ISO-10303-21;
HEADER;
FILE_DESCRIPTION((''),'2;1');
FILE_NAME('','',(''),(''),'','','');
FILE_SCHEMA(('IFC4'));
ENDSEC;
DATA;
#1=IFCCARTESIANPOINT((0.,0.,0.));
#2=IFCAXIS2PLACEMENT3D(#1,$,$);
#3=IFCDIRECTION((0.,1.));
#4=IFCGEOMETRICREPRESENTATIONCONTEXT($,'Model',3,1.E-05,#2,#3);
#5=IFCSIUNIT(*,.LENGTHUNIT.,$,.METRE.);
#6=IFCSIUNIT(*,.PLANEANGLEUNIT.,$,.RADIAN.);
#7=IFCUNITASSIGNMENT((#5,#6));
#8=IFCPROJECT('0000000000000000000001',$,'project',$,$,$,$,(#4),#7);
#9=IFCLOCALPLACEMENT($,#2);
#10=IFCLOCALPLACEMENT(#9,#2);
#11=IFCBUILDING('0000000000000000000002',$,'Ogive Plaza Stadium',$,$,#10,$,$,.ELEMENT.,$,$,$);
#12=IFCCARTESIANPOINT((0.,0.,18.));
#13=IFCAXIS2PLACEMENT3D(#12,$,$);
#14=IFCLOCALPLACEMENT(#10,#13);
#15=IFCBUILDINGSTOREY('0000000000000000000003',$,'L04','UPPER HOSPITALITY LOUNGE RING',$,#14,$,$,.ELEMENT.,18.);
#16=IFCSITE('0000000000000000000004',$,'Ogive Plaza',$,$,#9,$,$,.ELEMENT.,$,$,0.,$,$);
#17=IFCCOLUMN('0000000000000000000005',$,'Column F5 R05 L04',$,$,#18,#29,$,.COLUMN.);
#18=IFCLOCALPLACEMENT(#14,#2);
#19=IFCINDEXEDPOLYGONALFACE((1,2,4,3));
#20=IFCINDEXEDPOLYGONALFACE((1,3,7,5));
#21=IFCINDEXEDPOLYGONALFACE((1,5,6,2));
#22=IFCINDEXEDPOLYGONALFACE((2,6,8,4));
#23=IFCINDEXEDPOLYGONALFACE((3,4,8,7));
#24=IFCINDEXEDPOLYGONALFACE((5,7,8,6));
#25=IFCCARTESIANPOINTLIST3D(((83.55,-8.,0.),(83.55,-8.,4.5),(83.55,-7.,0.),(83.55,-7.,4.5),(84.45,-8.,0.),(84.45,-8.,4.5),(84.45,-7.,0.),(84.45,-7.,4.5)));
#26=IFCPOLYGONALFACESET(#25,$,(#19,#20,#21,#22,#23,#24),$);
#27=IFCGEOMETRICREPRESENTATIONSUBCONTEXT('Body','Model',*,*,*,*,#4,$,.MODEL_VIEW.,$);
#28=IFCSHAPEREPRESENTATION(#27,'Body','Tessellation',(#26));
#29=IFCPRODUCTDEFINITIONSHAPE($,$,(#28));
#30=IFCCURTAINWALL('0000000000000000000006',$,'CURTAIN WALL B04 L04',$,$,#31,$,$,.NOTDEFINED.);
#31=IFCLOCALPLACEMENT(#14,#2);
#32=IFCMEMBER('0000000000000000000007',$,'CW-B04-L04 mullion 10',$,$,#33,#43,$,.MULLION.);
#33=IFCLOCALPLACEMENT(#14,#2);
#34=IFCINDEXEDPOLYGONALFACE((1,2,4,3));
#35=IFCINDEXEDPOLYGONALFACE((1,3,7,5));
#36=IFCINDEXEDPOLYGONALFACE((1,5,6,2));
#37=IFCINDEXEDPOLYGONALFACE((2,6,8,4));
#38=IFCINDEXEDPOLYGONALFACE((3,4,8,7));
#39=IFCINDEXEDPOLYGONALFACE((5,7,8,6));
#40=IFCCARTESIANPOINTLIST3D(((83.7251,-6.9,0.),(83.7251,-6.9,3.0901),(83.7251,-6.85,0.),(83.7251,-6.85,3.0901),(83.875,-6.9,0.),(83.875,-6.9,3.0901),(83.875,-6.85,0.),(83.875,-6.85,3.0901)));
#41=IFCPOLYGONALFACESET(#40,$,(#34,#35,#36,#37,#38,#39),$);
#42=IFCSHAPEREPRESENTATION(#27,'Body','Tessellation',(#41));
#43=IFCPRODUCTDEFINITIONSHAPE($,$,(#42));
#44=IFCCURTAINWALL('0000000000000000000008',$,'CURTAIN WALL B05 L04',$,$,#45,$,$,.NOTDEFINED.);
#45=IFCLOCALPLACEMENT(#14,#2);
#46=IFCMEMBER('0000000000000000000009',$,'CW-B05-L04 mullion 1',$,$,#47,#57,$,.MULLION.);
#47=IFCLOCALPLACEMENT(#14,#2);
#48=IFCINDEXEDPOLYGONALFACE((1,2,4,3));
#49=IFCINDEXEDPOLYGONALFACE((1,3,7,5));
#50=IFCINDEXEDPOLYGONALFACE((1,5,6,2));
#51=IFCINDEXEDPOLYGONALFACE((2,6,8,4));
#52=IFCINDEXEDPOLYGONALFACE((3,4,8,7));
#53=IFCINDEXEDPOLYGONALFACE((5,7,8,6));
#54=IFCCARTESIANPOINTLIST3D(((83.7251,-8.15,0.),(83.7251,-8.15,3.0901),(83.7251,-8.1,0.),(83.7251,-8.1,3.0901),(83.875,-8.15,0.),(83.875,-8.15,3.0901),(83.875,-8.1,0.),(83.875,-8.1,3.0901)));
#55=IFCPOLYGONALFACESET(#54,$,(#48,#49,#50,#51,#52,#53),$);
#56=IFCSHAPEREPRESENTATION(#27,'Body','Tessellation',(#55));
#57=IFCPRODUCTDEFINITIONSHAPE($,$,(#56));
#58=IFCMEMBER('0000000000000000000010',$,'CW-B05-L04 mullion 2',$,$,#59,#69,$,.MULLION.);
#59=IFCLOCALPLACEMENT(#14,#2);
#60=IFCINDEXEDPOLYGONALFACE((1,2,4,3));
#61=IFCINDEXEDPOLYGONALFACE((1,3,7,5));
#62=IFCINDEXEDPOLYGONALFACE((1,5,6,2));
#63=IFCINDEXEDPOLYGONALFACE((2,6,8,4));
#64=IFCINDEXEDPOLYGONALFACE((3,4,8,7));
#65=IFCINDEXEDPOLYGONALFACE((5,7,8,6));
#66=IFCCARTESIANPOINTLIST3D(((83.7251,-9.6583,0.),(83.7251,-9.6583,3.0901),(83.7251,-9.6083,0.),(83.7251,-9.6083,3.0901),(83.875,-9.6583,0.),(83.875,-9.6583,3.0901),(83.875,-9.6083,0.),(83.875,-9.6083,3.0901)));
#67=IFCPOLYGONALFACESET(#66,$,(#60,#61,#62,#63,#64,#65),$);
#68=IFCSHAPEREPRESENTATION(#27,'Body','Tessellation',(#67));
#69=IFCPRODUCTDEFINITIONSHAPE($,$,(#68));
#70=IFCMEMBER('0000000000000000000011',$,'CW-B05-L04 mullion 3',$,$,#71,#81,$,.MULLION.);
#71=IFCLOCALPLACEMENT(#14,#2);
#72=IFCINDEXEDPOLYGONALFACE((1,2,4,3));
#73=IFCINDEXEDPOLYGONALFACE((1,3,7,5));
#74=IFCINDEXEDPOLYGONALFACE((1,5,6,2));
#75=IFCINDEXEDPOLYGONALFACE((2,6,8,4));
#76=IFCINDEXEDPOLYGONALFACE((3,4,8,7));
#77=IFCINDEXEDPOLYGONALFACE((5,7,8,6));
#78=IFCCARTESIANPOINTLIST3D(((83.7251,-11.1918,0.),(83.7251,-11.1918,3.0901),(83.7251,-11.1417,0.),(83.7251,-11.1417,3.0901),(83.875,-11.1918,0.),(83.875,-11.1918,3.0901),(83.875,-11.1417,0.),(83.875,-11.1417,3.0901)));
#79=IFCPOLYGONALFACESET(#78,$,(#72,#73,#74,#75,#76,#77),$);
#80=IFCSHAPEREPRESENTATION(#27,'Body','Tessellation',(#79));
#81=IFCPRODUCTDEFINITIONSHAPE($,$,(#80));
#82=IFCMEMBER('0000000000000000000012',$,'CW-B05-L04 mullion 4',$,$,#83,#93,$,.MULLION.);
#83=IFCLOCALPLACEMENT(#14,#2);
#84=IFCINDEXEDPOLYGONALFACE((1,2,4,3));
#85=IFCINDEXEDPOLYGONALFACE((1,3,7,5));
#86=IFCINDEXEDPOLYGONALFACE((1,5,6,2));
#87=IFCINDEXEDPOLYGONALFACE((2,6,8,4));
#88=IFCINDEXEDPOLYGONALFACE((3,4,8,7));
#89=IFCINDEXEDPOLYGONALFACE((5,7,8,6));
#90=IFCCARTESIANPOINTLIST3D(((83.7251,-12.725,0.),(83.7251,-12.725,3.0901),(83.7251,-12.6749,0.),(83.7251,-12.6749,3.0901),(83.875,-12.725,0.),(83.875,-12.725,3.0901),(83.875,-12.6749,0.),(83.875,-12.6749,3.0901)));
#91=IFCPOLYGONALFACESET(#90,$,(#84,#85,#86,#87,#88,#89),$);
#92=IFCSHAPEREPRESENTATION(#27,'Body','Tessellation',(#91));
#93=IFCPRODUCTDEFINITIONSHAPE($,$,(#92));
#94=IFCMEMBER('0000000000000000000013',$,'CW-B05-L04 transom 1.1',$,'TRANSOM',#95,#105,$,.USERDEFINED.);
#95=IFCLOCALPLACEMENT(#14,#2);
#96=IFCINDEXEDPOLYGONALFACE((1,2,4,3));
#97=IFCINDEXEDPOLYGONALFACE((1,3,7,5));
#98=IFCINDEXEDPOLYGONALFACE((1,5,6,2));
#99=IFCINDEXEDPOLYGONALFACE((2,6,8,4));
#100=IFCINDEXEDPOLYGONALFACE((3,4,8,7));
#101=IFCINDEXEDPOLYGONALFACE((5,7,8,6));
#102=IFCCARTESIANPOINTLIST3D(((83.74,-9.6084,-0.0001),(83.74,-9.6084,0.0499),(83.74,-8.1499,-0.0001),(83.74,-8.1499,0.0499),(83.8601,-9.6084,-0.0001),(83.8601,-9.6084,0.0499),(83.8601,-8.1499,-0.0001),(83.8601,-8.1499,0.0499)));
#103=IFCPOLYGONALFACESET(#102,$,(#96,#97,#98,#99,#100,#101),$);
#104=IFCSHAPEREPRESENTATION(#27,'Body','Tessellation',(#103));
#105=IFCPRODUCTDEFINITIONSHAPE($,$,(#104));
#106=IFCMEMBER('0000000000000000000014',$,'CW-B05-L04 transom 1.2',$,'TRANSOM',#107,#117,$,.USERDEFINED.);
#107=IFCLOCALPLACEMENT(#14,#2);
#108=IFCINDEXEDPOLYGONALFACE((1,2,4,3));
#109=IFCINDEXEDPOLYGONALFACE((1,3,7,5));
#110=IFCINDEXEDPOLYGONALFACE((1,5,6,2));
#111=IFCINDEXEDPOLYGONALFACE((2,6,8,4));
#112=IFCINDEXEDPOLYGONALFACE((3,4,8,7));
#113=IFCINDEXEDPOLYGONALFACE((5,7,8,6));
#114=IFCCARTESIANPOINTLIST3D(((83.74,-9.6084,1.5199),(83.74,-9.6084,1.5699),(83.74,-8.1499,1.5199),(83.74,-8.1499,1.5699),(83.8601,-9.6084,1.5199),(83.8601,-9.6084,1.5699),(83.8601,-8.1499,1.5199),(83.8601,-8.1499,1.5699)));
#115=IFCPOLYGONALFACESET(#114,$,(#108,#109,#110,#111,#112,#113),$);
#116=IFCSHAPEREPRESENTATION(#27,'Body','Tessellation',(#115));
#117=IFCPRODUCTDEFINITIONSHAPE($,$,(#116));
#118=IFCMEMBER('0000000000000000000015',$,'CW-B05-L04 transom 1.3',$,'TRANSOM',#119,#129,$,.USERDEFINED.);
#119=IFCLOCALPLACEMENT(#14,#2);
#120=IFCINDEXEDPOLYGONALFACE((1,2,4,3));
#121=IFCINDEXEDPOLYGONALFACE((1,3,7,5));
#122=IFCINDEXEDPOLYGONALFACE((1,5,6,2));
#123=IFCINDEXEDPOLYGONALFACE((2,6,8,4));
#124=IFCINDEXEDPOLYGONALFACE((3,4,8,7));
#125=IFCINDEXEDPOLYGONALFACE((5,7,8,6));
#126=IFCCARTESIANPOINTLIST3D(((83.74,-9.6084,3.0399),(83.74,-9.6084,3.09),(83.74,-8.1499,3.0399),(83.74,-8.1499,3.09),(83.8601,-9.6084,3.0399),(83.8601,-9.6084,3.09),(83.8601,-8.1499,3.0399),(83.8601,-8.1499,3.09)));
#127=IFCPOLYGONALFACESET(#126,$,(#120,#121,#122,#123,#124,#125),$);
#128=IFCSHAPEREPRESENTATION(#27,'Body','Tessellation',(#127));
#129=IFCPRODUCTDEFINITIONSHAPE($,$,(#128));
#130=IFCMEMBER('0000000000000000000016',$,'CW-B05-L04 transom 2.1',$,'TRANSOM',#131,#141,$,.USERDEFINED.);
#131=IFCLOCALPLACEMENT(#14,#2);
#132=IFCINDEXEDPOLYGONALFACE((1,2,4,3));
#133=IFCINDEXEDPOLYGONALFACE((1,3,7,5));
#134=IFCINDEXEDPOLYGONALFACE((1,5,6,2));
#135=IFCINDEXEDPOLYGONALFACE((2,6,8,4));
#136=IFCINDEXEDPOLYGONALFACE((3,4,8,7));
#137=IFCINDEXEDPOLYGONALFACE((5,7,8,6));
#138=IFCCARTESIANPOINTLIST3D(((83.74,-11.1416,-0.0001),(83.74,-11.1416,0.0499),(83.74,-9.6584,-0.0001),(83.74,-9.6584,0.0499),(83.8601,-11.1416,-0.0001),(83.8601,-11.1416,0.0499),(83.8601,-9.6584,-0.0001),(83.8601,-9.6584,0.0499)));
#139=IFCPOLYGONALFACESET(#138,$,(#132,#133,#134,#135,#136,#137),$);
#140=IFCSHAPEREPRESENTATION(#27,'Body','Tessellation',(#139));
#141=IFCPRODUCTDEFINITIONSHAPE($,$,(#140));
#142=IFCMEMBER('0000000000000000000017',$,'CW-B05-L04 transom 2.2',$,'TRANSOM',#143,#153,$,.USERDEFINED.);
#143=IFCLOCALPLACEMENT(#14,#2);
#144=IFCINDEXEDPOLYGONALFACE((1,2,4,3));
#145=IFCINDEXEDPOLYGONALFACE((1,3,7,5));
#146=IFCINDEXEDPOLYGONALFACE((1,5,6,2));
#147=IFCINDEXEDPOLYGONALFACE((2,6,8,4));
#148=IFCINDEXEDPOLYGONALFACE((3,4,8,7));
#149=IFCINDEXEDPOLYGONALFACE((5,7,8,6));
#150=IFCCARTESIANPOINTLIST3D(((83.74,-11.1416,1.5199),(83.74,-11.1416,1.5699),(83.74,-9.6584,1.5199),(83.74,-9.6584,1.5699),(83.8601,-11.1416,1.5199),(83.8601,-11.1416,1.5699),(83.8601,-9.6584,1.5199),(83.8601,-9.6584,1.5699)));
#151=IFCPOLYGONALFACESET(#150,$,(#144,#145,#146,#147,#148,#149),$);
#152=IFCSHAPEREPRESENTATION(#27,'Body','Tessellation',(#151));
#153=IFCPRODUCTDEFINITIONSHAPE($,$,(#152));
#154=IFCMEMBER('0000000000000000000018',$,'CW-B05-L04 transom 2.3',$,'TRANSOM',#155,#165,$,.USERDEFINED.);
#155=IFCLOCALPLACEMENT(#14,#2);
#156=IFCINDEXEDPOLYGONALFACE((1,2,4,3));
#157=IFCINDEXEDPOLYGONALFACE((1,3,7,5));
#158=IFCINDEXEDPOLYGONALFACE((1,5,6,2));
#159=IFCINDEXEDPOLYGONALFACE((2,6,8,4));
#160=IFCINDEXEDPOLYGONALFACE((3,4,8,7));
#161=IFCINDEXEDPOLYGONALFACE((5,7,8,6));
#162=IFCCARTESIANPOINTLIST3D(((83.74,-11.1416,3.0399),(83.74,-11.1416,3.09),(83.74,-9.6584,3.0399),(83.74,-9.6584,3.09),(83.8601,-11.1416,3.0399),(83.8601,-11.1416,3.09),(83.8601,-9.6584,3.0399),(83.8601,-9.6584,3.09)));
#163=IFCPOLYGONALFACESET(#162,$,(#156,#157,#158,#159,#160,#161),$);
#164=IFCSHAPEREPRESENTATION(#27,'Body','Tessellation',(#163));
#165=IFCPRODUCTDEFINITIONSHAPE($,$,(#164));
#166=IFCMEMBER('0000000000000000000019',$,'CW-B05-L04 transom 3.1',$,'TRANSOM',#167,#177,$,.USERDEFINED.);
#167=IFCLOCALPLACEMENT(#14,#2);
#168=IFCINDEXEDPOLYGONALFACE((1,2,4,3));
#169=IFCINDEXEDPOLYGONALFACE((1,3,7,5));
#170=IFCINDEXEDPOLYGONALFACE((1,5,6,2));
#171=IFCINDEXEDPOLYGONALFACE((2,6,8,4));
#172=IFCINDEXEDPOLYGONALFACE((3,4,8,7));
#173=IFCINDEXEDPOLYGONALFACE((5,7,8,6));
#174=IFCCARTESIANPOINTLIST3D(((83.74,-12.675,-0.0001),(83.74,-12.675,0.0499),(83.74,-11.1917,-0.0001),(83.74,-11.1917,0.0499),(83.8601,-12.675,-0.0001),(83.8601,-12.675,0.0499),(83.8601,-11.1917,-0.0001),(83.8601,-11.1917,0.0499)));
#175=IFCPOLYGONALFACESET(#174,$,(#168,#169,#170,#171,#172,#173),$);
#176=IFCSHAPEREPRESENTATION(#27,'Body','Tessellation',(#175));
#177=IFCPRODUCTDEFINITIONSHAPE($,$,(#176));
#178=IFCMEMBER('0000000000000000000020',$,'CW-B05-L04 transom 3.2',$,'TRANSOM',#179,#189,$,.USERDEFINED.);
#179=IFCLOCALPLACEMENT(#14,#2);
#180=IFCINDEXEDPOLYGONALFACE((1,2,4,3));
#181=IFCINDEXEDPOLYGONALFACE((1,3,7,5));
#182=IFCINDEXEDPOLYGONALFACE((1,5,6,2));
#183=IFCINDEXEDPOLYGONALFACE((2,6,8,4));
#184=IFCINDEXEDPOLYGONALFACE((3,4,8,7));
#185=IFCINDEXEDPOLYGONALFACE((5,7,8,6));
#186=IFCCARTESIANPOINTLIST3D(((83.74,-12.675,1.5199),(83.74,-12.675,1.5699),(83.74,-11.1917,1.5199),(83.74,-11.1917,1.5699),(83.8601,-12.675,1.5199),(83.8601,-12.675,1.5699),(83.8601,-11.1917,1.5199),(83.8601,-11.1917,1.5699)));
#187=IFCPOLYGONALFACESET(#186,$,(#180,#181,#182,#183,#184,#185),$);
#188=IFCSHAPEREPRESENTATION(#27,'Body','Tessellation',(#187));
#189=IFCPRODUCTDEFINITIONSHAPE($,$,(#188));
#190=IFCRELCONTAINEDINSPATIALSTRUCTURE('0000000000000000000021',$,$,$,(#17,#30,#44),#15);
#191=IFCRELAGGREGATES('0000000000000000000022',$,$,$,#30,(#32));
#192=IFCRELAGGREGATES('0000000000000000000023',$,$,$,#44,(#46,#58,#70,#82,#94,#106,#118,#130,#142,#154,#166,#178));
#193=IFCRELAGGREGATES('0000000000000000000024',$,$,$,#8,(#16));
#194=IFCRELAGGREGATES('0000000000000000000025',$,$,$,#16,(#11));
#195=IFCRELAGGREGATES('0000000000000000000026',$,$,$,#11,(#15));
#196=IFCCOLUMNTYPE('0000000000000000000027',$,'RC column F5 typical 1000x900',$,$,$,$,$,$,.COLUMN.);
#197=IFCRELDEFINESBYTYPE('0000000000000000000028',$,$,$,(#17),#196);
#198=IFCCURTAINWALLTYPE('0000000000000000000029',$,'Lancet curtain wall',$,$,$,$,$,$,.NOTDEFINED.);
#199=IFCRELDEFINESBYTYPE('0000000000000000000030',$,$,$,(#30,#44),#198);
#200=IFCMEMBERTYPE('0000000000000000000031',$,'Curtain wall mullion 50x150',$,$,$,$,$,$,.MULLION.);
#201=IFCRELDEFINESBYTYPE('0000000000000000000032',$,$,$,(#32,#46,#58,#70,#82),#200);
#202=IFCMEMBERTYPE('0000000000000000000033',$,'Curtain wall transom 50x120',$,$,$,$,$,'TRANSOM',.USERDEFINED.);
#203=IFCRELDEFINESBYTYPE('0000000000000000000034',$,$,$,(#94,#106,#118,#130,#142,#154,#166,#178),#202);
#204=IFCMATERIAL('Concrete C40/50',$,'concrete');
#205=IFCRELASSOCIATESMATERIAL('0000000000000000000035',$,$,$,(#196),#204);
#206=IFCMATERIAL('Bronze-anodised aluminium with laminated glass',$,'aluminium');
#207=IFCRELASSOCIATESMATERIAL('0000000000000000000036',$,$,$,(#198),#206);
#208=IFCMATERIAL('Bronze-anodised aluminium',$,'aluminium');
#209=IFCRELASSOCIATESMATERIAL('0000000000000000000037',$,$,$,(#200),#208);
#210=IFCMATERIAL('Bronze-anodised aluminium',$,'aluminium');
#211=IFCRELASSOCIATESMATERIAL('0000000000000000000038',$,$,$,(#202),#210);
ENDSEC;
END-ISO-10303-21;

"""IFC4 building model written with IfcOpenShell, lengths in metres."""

from ifc_helpers import new_model, si_unit, direction, frame, origin, origin_2d, place, context, subcontext, project, spatial, rectangle, extrude, material, material_profile, profile_set, type_object, element, aggregate, save


model = new_model("IFC4")

# Units and contexts
model_context = context("Model", 3, precision=1e-05, world=origin(), true_north=direction((0.0, 1.0)))
body_context = subcontext(model_context, "Body", "Model", "MODEL_VIEW")
ifc_project = project(units=[si_unit("LENGTHUNIT", "METRE"), si_unit("PLANEANGLEUNIT", "RADIAN")], contexts=[model_context])

# Site, building, storey
site_placement = place(None, origin())
site = spatial("IfcSite", under=ifc_project, at=site_placement, Name="Ogive Plaza", CompositionType="ELEMENT", RefElevation=0.0)
building_placement = place(site_placement, origin())
building = spatial("IfcBuilding", under=site, at=building_placement, Name="Ogive Plaza Stadium", CompositionType="ELEMENT")
storey_placement = place(building_placement, frame((0.0, 0.0, 18.0)))
storey = spatial("IfcBuildingStorey", under=building, at=storey_placement, Name="L04", Description="UPPER HOSPITALITY LOUNGE RING", CompositionType="ELEMENT", Elevation=18.0)

# Column
ifc_material_1 = material(Name="Concrete C40/50", Category="concrete")
ifc_material_profile_1 = material_profile(ifc_material_1, rectangle(XDim=1.0, YDim=0.8999, at=origin_2d()), Name="RC 1000x900")
ifc_profile_set_1 = profile_set([ifc_material_profile_1], Name="Concrete C40/50")
column_type = type_object("IfcColumnType", Name="RC column F5 typical 1000x900", PredefinedType="COLUMN", material=ifc_profile_set_1)
column_placement = place(storey_placement, frame((84.0, -7.5, 0.0), z_axis=(0.0, 0.0, 1.0), x_axis=(0.0, 1.0, 0.0)))
element("IfcColumn", 1, at=column_placement, inside=storey, type_object=column_type, Name="Column F5 R05 L04", PredefinedType="COLUMN", context=body_context, shape_type="SweptSolid", body=[
    extrude(rectangle(XDim=1.0, YDim=0.8999, at=origin_2d()), origin(), (0.0, 0.0, 1.0), 4.5),
])

# Curtain wall, member
ifc_material_2 = material(Name="Bronze-anodised aluminium with laminated glass", Category="aluminium")
curtain_wall_type = type_object("IfcCurtainWallType", Name="Lancet curtain wall", PredefinedType="NOTDEFINED", material=ifc_material_2)
curtain_wall_1_placement = place(storey_placement, origin())
curtain_wall_1 = element("IfcCurtainWall", 2, at=curtain_wall_1_placement, inside=storey, type_object=curtain_wall_type, Name="CURTAIN WALL B04 L04", PredefinedType="NOTDEFINED")
ifc_material_3 = material(Name="Bronze-anodised aluminium", Category="aluminium")
ifc_material_profile_2 = material_profile(ifc_material_3, rectangle(XDim=0.1499, YDim=0.05, at=origin_2d()), Name="AL 150x50")
ifc_profile_set_2 = profile_set([ifc_material_profile_2], Name="Bronze-anodised aluminium")
member_type_1 = type_object("IfcMemberType", Name="Curtain wall mullion 50x150", PredefinedType="MULLION", material=ifc_profile_set_2)
member_1_placement = place(storey_placement, frame((83.8, -6.875, 0.0), z_axis=(0.0, 0.0, 1.0), x_axis=(1.0, 0.0, 0.0)))
member_1 = element("IfcMember", 3, at=member_1_placement, type_object=member_type_1, Name="CW-B04-L04 mullion 10", PredefinedType="MULLION", context=body_context, shape_type="SweptSolid", body=[
    extrude(rectangle(XDim=0.1499, YDim=0.05, at=origin_2d()), origin(), (0.0, 0.0, 1.0), 3.0901),
])
aggregate(curtain_wall_1, [member_1])

# Curtain wall, members
curtain_wall_2_placement = place(storey_placement, origin())
curtain_wall_2 = element("IfcCurtainWall", 4, at=curtain_wall_2_placement, inside=storey, type_object=curtain_wall_type, Name="CURTAIN WALL B05 L04", PredefinedType="NOTDEFINED")
member_2_placement = place(storey_placement, frame((83.8, -8.125, 0.0), z_axis=(0.0, 0.0, 1.0), x_axis=(1.0, 0.0, 0.0)))
member_2 = element("IfcMember", 5, at=member_2_placement, type_object=member_type_1, Name="CW-B05-L04 mullion 1", PredefinedType="MULLION", context=body_context, shape_type="SweptSolid", body=[
    extrude(rectangle(XDim=0.1499, YDim=0.05, at=origin_2d()), origin(), (0.0, 0.0, 1.0), 3.0901),
])
member_3_placement = place(storey_placement, frame((83.8, -9.6333, 0.0), z_axis=(0.0, 0.0, 1.0), x_axis=(1.0, 0.0, 0.0)))
member_3 = element("IfcMember", 6, at=member_3_placement, type_object=member_type_1, Name="CW-B05-L04 mullion 2", PredefinedType="MULLION", context=body_context, shape_type="SweptSolid", body=[
    extrude(rectangle(XDim=0.1499, YDim=0.05, at=origin_2d()), origin(), (0.0, 0.0, 1.0), 3.0901),
])
member_4_placement = place(storey_placement, frame((83.8, -11.1667, 0.0), z_axis=(0.0, 0.0, 1.0), x_axis=(1.0, 0.0, 0.0)))
member_4 = element("IfcMember", 7, at=member_4_placement, type_object=member_type_1, Name="CW-B05-L04 mullion 3", PredefinedType="MULLION", context=body_context, shape_type="SweptSolid", body=[
    extrude(rectangle(XDim=0.1499, YDim=0.05, at=origin_2d()), origin(), (0.0, 0.0, 1.0), 3.0901),
])
member_5_placement = place(storey_placement, frame((83.8, -12.7, 0.0), z_axis=(0.0, 0.0, 1.0), x_axis=(1.0, 0.0, 0.0)))
member_5 = element("IfcMember", 8, at=member_5_placement, type_object=member_type_1, Name="CW-B05-L04 mullion 4", PredefinedType="MULLION", context=body_context, shape_type="SweptSolid", body=[
    extrude(rectangle(XDim=0.1499, YDim=0.05, at=origin_2d()), origin(), (0.0, 0.0, 1.0), 3.0901),
])
ifc_material_4 = material(Name="Bronze-anodised aluminium", Category="aluminium")
ifc_material_profile_3 = material_profile(ifc_material_4, rectangle(XDim=0.1201, YDim=0.05, at=origin_2d()), Name="AL 120x50")
ifc_profile_set_3 = profile_set([ifc_material_profile_3], Name="Bronze-anodised aluminium")
member_type_2 = type_object("IfcMemberType", Name="Curtain wall transom 50x120", ElementType="TRANSOM", PredefinedType="USERDEFINED", material=ifc_profile_set_3)
member_6_placement = place(storey_placement, frame((83.8, -8.1499, 0.0249), z_axis=(0.0, -1.0, 0.0), x_axis=(1.0, 0.0, 0.0)))
member_6 = element("IfcMember", 9, at=member_6_placement, type_object=member_type_2, Name="CW-B05-L04 transom 1.1", ObjectType="TRANSOM", PredefinedType="USERDEFINED", context=body_context, shape_type="SweptSolid", body=[
    extrude(rectangle(XDim=0.1201, YDim=0.05, at=origin_2d()), origin(), (0.0, 0.0, 1.0), 1.4585),
])
member_7_placement = place(storey_placement, frame((83.8, -8.1499, 1.5449), z_axis=(0.0, -1.0, 0.0), x_axis=(1.0, 0.0, 0.0)))
member_7 = element("IfcMember", 10, at=member_7_placement, type_object=member_type_2, Name="CW-B05-L04 transom 1.2", ObjectType="TRANSOM", PredefinedType="USERDEFINED", context=body_context, shape_type="SweptSolid", body=[
    extrude(rectangle(XDim=0.1201, YDim=0.05, at=origin_2d()), origin(), (0.0, 0.0, 1.0), 1.4585),
])
member_8_placement = place(storey_placement, frame((83.8, -8.1499, 3.0649), z_axis=(0.0, -1.0, 0.0), x_axis=(1.0, 0.0, 0.0)))
member_8 = element("IfcMember", 11, at=member_8_placement, type_object=member_type_2, Name="CW-B05-L04 transom 1.3", ObjectType="TRANSOM", PredefinedType="USERDEFINED", context=body_context, shape_type="SweptSolid", body=[
    extrude(rectangle(XDim=0.1201, YDim=0.05, at=origin_2d()), origin(), (0.0, 0.0, 1.0), 1.4585),
])
member_9_placement = place(storey_placement, frame((83.8, -9.6584, 0.0249), z_axis=(0.0, -1.0, 0.0), x_axis=(1.0, 0.0, 0.0)))
member_9 = element("IfcMember", 12, at=member_9_placement, type_object=member_type_2, Name="CW-B05-L04 transom 2.1", ObjectType="TRANSOM", PredefinedType="USERDEFINED", context=body_context, shape_type="SweptSolid", body=[
    extrude(rectangle(XDim=0.1201, YDim=0.05, at=origin_2d()), origin(), (0.0, 0.0, 1.0), 1.4832),
])
member_10_placement = place(storey_placement, frame((83.8, -9.6584, 1.5449), z_axis=(0.0, -1.0, 0.0), x_axis=(1.0, 0.0, 0.0)))
member_10 = element("IfcMember", 13, at=member_10_placement, type_object=member_type_2, Name="CW-B05-L04 transom 2.2", ObjectType="TRANSOM", PredefinedType="USERDEFINED", context=body_context, shape_type="SweptSolid", body=[
    extrude(rectangle(XDim=0.1201, YDim=0.05, at=origin_2d()), origin(), (0.0, 0.0, 1.0), 1.4832),
])
member_11_placement = place(storey_placement, frame((83.8, -9.6584, 3.0649), z_axis=(0.0, -1.0, 0.0), x_axis=(1.0, 0.0, 0.0)))
member_11 = element("IfcMember", 14, at=member_11_placement, type_object=member_type_2, Name="CW-B05-L04 transom 2.3", ObjectType="TRANSOM", PredefinedType="USERDEFINED", context=body_context, shape_type="SweptSolid", body=[
    extrude(rectangle(XDim=0.1201, YDim=0.05, at=origin_2d()), origin(), (0.0, 0.0, 1.0), 1.4832),
])
member_12_placement = place(storey_placement, frame((83.8, -11.1917, 0.0249), z_axis=(0.0, -1.0, 0.0), x_axis=(1.0, 0.0, 0.0)))
member_12 = element("IfcMember", 15, at=member_12_placement, type_object=member_type_2, Name="CW-B05-L04 transom 3.1", ObjectType="TRANSOM", PredefinedType="USERDEFINED", context=body_context, shape_type="SweptSolid", body=[
    extrude(rectangle(XDim=0.1201, YDim=0.05, at=origin_2d()), origin(), (0.0, 0.0, 1.0), 1.4834),
])
member_13_placement = place(storey_placement, frame((83.8, -11.1917, 1.5449), z_axis=(0.0, -1.0, 0.0), x_axis=(1.0, 0.0, 0.0)))
member_13 = element("IfcMember", 16, at=member_13_placement, type_object=member_type_2, Name="CW-B05-L04 transom 3.2", ObjectType="TRANSOM", PredefinedType="USERDEFINED", context=body_context, shape_type="SweptSolid", body=[
    extrude(rectangle(XDim=0.1201, YDim=0.05, at=origin_2d()), origin(), (0.0, 0.0, 1.0), 1.4834),
])

aggregate(curtain_wall_2, [member_2, member_3, member_4, member_5, member_6, member_7, member_8, member_9, member_10, member_11, member_12, member_13])

save(model, "model.ifc")
